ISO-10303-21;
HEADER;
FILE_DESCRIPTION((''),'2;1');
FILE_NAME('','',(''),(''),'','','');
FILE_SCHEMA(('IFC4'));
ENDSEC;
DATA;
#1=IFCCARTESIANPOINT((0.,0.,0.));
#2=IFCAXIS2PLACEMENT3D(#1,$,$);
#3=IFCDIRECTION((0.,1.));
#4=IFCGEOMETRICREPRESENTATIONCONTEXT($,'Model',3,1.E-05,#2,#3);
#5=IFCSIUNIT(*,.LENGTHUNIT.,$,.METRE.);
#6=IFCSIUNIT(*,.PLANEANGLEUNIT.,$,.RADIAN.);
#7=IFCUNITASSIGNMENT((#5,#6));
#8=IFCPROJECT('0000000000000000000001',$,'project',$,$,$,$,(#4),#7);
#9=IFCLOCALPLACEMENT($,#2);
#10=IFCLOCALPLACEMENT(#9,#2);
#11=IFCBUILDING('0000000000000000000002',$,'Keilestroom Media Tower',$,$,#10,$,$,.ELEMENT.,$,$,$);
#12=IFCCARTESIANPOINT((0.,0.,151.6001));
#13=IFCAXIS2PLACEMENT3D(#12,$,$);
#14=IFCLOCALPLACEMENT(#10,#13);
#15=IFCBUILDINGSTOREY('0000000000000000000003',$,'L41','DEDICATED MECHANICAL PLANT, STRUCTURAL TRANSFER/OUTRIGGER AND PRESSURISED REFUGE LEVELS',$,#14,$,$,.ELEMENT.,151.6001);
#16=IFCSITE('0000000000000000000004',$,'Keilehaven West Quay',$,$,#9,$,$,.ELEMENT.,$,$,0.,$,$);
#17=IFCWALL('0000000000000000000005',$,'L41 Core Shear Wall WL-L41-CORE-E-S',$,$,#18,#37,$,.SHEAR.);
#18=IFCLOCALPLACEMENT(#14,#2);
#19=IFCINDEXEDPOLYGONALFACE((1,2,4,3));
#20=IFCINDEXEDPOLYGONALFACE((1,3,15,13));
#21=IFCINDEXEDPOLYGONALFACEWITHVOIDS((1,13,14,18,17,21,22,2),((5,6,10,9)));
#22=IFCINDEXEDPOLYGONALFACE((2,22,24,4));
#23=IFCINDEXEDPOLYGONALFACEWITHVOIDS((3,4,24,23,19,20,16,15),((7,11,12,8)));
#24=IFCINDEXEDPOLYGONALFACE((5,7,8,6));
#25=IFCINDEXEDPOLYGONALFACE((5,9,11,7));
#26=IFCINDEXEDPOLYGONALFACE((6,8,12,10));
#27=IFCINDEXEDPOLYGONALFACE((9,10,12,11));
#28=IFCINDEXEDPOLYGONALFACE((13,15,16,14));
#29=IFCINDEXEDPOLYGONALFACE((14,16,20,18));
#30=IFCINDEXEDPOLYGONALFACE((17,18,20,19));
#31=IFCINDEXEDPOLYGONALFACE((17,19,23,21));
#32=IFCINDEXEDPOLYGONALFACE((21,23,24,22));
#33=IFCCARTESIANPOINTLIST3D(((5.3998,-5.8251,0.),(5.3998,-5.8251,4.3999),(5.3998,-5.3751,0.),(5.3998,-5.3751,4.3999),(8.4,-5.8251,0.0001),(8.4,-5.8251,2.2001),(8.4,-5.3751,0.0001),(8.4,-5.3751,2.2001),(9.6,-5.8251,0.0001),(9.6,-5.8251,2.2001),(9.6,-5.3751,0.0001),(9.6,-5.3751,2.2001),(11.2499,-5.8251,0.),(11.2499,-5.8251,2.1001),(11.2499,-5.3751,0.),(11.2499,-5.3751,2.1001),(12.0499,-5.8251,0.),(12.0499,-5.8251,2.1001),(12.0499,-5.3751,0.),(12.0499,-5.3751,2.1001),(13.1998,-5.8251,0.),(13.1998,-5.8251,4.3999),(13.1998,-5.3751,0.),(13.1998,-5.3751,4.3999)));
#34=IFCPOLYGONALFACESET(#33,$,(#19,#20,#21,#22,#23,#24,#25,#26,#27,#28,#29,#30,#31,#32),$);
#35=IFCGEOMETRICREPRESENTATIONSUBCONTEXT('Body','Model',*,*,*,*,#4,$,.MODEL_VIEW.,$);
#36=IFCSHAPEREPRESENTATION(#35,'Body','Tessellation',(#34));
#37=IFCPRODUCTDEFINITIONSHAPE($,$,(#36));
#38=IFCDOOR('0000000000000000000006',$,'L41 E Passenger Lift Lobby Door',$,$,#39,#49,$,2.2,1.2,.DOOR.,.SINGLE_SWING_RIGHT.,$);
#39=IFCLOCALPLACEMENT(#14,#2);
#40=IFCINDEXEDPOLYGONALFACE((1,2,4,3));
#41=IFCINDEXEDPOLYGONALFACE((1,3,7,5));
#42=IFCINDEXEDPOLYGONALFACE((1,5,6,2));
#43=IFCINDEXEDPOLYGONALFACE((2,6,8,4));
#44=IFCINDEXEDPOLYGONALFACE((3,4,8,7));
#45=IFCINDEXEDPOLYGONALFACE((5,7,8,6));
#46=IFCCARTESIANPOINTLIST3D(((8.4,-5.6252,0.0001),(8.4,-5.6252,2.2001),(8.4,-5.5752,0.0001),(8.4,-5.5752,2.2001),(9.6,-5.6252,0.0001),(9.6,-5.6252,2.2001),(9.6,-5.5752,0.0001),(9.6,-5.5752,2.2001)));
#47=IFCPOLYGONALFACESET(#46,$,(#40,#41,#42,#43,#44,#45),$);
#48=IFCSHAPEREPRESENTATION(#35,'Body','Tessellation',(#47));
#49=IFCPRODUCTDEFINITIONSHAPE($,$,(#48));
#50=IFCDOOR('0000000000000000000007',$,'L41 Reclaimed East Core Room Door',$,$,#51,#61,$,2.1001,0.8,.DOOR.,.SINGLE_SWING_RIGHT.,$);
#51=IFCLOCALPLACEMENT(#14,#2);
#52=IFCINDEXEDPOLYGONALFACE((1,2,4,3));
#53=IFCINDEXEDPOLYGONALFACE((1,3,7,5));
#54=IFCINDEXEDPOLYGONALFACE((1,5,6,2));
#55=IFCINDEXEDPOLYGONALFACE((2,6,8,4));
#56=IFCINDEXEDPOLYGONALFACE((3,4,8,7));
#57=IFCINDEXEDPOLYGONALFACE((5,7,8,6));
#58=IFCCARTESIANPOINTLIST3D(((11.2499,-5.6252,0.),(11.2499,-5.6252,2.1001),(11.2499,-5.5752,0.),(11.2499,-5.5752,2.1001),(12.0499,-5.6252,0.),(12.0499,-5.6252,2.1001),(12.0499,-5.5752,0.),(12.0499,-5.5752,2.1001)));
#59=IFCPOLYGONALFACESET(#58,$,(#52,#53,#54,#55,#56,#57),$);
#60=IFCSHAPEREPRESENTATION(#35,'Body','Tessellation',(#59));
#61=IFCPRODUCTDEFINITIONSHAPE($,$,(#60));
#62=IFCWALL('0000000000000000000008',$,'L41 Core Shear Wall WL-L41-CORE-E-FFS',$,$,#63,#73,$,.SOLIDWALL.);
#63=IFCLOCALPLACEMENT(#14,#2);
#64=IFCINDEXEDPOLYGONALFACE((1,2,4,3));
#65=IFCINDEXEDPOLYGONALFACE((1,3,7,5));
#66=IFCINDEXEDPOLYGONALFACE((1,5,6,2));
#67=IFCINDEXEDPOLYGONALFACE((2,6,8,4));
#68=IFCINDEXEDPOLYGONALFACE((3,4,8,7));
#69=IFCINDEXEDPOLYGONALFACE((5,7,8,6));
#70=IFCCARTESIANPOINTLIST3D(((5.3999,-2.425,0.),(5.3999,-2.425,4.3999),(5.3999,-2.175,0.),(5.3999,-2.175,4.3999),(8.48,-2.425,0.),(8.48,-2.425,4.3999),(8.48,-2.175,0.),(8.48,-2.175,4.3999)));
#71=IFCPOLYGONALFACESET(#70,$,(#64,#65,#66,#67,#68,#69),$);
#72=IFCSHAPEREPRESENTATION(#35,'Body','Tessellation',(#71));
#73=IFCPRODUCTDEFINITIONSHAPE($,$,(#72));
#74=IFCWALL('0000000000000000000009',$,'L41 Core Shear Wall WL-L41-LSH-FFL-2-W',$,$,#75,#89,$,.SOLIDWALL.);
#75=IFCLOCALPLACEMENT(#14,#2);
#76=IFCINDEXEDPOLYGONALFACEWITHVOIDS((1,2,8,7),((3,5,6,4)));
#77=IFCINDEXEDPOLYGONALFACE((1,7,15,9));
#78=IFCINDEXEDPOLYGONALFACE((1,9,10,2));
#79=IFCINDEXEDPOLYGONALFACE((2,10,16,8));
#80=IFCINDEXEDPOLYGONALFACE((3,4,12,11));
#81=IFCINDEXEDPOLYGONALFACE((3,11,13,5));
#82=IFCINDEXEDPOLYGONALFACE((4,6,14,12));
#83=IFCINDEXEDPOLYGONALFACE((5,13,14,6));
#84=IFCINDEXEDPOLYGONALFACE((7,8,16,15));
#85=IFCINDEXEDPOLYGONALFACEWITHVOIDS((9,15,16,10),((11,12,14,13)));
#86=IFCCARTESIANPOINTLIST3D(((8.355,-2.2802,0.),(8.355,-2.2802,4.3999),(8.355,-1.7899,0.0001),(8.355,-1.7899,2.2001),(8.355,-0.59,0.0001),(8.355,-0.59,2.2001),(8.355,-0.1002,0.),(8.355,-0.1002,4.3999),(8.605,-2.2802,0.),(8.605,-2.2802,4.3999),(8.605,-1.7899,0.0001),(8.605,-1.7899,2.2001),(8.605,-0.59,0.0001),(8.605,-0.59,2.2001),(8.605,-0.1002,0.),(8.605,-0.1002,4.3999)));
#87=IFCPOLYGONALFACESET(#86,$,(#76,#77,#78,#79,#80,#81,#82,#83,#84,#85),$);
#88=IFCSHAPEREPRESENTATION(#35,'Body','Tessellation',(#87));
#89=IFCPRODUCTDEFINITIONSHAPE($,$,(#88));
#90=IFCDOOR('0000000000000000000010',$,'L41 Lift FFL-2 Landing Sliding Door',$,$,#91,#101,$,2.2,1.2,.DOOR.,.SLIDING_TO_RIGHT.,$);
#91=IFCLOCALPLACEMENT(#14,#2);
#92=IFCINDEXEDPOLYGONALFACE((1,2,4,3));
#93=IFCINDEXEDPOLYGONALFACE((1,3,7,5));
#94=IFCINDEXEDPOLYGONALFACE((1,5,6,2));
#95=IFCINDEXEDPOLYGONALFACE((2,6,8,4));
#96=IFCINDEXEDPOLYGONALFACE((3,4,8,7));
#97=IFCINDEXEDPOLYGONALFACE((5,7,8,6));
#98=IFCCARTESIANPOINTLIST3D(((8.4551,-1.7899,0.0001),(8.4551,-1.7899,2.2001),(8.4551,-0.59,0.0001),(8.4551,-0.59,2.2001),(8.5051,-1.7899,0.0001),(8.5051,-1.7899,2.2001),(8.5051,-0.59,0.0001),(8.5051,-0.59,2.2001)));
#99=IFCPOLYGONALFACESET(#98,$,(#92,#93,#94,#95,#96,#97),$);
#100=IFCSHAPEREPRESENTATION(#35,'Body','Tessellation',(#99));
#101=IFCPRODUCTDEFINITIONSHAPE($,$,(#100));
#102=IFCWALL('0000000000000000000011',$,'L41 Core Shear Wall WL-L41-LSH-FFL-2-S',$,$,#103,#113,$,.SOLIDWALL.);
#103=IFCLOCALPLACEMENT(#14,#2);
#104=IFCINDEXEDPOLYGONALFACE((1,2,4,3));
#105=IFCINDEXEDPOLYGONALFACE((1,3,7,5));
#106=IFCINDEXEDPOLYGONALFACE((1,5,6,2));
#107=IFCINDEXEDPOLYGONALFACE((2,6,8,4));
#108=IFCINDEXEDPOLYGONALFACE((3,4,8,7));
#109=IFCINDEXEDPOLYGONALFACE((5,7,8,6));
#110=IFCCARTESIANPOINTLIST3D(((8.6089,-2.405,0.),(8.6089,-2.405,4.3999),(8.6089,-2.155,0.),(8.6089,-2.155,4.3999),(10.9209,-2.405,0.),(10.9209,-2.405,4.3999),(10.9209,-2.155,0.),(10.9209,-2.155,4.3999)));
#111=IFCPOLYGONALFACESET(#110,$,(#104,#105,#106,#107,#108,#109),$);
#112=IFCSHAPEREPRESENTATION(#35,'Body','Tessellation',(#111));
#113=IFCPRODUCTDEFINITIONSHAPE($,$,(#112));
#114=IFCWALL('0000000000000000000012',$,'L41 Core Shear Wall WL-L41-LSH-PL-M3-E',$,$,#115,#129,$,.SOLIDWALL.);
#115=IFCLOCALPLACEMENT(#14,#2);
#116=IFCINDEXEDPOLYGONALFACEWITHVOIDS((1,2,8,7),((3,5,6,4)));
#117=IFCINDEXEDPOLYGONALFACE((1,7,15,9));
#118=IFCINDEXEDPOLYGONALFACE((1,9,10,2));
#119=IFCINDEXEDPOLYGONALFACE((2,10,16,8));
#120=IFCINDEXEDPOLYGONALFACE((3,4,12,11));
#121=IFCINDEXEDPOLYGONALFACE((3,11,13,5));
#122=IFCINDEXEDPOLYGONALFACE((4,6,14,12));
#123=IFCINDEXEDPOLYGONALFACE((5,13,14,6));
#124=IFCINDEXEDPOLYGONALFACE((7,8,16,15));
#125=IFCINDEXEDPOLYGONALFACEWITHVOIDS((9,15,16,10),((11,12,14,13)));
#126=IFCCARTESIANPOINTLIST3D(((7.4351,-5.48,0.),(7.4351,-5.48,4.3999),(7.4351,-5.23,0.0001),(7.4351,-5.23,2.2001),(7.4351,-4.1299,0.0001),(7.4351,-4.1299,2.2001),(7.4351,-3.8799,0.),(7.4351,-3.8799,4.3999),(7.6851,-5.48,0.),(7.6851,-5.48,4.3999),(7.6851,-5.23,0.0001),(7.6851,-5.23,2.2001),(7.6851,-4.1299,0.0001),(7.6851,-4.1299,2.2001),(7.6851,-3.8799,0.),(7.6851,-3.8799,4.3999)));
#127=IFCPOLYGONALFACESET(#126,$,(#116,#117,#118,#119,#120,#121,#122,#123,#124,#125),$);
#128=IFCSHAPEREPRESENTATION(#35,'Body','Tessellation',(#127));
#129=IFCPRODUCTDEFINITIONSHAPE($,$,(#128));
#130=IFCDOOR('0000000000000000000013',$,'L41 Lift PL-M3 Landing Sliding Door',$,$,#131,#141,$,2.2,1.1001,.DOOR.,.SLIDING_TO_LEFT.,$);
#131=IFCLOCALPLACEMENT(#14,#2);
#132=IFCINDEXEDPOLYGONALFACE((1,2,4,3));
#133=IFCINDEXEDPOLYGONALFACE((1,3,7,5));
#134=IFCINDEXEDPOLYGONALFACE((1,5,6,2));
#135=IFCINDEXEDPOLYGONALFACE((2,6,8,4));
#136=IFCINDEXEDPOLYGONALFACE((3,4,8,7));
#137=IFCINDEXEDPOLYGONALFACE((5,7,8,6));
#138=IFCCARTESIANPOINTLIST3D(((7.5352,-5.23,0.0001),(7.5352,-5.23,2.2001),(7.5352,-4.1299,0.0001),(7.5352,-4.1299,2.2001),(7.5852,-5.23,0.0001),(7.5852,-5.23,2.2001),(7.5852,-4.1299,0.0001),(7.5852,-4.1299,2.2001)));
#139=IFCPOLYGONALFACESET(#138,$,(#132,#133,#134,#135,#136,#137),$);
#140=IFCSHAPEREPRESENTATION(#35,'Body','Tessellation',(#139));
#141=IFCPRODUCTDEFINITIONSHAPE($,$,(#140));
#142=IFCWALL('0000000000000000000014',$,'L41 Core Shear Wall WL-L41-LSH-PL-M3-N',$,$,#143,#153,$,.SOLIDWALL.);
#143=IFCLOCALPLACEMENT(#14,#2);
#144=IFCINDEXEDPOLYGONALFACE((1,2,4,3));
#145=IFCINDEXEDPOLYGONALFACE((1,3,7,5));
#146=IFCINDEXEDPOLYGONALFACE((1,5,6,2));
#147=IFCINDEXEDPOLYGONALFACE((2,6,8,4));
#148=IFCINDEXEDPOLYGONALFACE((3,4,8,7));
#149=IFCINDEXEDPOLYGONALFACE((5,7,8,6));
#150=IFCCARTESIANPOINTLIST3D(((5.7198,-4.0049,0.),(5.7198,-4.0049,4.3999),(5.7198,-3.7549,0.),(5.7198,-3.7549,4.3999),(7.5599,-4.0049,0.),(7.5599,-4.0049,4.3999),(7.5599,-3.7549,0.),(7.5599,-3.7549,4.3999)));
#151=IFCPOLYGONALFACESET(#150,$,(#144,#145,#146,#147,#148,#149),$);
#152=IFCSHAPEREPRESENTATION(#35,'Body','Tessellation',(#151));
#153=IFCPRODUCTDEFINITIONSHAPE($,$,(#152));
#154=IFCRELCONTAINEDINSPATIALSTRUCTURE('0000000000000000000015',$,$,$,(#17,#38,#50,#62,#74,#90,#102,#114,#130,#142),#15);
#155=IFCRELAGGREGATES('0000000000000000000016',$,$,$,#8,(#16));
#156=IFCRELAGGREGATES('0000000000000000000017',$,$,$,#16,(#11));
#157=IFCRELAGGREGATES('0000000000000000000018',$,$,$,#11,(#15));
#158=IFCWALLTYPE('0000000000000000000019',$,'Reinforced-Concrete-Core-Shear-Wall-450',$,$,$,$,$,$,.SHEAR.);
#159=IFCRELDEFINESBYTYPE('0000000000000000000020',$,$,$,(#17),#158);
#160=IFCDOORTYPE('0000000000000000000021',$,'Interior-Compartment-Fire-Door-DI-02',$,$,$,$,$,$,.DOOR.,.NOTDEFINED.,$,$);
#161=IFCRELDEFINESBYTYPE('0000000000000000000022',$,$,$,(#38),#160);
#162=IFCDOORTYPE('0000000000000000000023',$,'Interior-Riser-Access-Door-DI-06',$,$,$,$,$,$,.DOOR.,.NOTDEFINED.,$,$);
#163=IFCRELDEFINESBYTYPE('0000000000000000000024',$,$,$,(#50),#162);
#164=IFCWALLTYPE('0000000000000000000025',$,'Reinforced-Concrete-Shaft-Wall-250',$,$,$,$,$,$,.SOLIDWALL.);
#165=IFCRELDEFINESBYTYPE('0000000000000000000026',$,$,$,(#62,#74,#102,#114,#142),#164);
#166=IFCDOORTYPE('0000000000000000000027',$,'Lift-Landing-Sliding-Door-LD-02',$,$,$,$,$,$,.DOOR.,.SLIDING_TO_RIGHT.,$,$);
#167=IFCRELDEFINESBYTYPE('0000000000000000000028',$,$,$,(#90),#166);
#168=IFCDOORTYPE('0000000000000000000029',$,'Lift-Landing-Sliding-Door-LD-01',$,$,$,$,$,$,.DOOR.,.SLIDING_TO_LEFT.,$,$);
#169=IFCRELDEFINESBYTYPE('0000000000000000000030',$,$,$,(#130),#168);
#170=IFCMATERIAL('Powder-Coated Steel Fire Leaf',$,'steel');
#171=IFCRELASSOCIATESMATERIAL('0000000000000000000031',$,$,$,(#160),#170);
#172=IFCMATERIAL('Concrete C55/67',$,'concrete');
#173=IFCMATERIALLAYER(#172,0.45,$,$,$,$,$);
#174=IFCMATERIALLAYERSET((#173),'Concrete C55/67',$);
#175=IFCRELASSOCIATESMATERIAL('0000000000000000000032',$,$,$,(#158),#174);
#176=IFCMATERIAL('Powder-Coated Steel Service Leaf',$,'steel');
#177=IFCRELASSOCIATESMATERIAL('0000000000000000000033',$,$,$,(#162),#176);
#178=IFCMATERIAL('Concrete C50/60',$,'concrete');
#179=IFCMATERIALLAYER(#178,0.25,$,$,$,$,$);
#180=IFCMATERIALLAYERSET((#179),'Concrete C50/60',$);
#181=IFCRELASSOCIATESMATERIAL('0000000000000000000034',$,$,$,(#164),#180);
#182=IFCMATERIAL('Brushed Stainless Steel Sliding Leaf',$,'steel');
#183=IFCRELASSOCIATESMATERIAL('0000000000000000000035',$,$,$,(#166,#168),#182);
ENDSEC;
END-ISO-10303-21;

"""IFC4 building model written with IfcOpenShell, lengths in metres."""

from ifc_helpers import new_model, si_unit, direction, frame, frame_2d, origin, place, context, subcontext, project, spatial, rectangle, extrude, source, transform, mapped, material, layer, layer_set, type_object, element, fill, save


model = new_model("IFC4")

# Units and contexts
model_context = context("Model", 3, precision=1e-05, world=origin(), true_north=direction((0.0, 1.0)))
body_context = subcontext(model_context, "Body", "Model", "MODEL_VIEW")
ifc_project = project(units=[si_unit("LENGTHUNIT", "METRE"), si_unit("PLANEANGLEUNIT", "RADIAN")], contexts=[model_context])

# Site, building, storey
site_placement = place(None, origin())
site = spatial("IfcSite", under=ifc_project, at=site_placement, Name="Keilehaven West Quay", CompositionType="ELEMENT", RefElevation=0.0)
building_placement = place(site_placement, origin())
building = spatial("IfcBuilding", under=site, at=building_placement, Name="Keilestroom Media Tower", CompositionType="ELEMENT")
storey_placement = place(building_placement, frame((0.0, 0.0, 151.6001)))
storey = spatial("IfcBuildingStorey", under=building, at=storey_placement, Name="L41", Description="DEDICATED MECHANICAL PLANT, STRUCTURAL TRANSFER/OUTRIGGER AND PRESSURISED REFUGE LEVELS", CompositionType="ELEMENT", Elevation=151.6001)

# Shared definitions
ifc_material_1 = material(Name="Concrete C55/67", Category="concrete")

# Shared definitions
ifc_material_2 = material(Name="Powder-Coated Steel Fire Leaf", Category="steel")
door_type_1 = type_object("IfcDoorType", Name="Interior-Compartment-Fire-Door-DI-02", OperationType="NOTDEFINED", PredefinedType="DOOR", material=ifc_material_2)
shared_shape_1 = source(origin(), body_context, "Body", "SweptSolid", [
    extrude(rectangle(XDim=1.2, YDim=2.2, at=frame_2d((0.6001, 1.1001))), frame((0.0, 0.0249, 0.0), z_axis=(0.0, -1.0, 0.0), x_axis=(1.0, 0.0, 0.0)), (0.0, 0.0, 1.0), 0.05),
])
ifc_layer_1 = layer(ifc_material_1, 0.45)
ifc_layer_set_1 = layer_set([ifc_layer_1], Name="Concrete C55/67")
wall_type_1 = type_object("IfcWallType", Name="Reinforced-Concrete-Core-Shear-Wall-450", PredefinedType="SHEAR", material=ifc_layer_set_1)

# Wall, openings, doors
wall_1_placement = place(storey_placement, frame((5.3999, -5.6001, 0.0), z_axis=(0.0, 0.0, 1.0), x_axis=(1.0, 0.0, 0.0)))
wall_1 = element("IfcWall", 1, at=wall_1_placement, inside=storey, type_object=wall_type_1, Name="L41 Core Shear Wall WL-L41-CORE-E-S", PredefinedType="SHEAR", context=body_context, shape_type="SweptSolid", body=[
    extrude(rectangle(XDim=7.8, YDim=0.45, at=frame_2d((3.8999, 0.0))), origin(), (0.0, 0.0, 1.0), 4.3999),
])
opening_1_placement = place(wall_1_placement, frame((3.0, 0.0, 0.0)))
opening_1 = element("IfcOpeningElement", 2, at=opening_1_placement, cuts=wall_1, PredefinedType="OPENING", context=body_context, shape_type="SweptSolid", body=[
    extrude(rectangle(XDim=1.2, YDim=2.2, at=frame_2d((0.6001, 1.1001))), frame((0.0, 0.2349, 0.0), z_axis=(0.0, -1.0, 0.0), x_axis=(1.0, 0.0, 0.0)), (0.0, 0.0, 1.0), 0.47),
])
opening_2_placement = place(wall_1_placement, frame((5.8501, 0.0, 0.0)))
opening_2 = element("IfcOpeningElement", 3, at=opening_2_placement, cuts=wall_1, PredefinedType="OPENING", context=body_context, shape_type="SweptSolid", body=[
    extrude(rectangle(XDim=0.8, YDim=2.1001, at=frame_2d((0.3999, 1.05))), frame((0.0, 0.2349, 0.0), z_axis=(0.0, -1.0, 0.0), x_axis=(1.0, 0.0, 0.0)), (0.0, 0.0, 1.0), 0.47),
])
door_1_placement = place(opening_1_placement, origin())
door_1 = element("IfcDoor", 4, at=door_1_placement, inside=storey, type_object=door_type_1, Name="L41 E Passenger Lift Lobby Door", OperationType="SINGLE_SWING_RIGHT", OverallHeight=2.2, OverallWidth=1.2, PredefinedType="DOOR", context=body_context, shape_type="MappedRepresentation", body=[
    mapped(shared_shape_1, transform((0.0, 0.0, 0.0), x_axis=(1.0, 0.0, 0.0), y_axis=(0.0, 1.0, 0.0), z_axis=(0.0, 0.0, 1.0), scale=1.0)),
])
fill(opening_1, door_1)
ifc_material_3 = material(Name="Powder-Coated Steel Service Leaf", Category="steel")
door_type_2 = type_object("IfcDoorType", Name="Interior-Riser-Access-Door-DI-06", OperationType="NOTDEFINED", PredefinedType="DOOR", material=ifc_material_3)
shared_shape_2 = source(origin(), body_context, "Body", "SweptSolid", [
    extrude(rectangle(XDim=0.8, YDim=2.1001, at=frame_2d((0.3999, 1.05))), frame((0.0, 0.0249, 0.0), z_axis=(0.0, -1.0, 0.0), x_axis=(1.0, 0.0, 0.0)), (0.0, 0.0, 1.0), 0.05),
])
door_2_placement = place(opening_2_placement, origin())
door_2 = element("IfcDoor", 5, at=door_2_placement, inside=storey, type_object=door_type_2, Name="L41 Reclaimed East Core Room Door", OperationType="SINGLE_SWING_RIGHT", OverallHeight=2.1001, OverallWidth=0.8, PredefinedType="DOOR", context=body_context, shape_type="MappedRepresentation", body=[
    mapped(shared_shape_2, transform((0.0, 0.0, 0.0), x_axis=(1.0, 0.0, 0.0), y_axis=(0.0, 1.0, 0.0), z_axis=(0.0, 0.0, 1.0), scale=1.0)),
])
fill(opening_2, door_2)

# Wall
ifc_material_4 = material(Name="Concrete C50/60", Category="concrete")
ifc_layer_2 = layer(ifc_material_4, 0.25)
ifc_layer_set_2 = layer_set([ifc_layer_2], Name="Concrete C50/60")
wall_type_2 = type_object("IfcWallType", Name="Reinforced-Concrete-Shaft-Wall-250", PredefinedType="SOLIDWALL", material=ifc_layer_set_2)
wall_2_placement = place(storey_placement, frame((5.3999, -2.3, 0.0), z_axis=(0.0, 0.0, 1.0), x_axis=(1.0, 0.0, 0.0)))
element("IfcWall", 6, at=wall_2_placement, inside=storey, type_object=wall_type_2, Name="L41 Core Shear Wall WL-L41-CORE-E-FFS", PredefinedType="SOLIDWALL", context=body_context, shape_type="SweptSolid", body=[
    extrude(rectangle(XDim=3.0801, YDim=0.25, at=frame_2d((1.54, 0.0))), origin(), (0.0, 0.0, 1.0), 4.3999),
])

# Wall, opening, door
wall_3_placement = place(storey_placement, frame((8.48, -2.28, 0.0), z_axis=(0.0, 0.0, 1.0), x_axis=(0.0, 1.0, 0.0)))
wall_3 = element("IfcWall", 7, at=wall_3_placement, inside=storey, type_object=wall_type_2, Name="L41 Core Shear Wall WL-L41-LSH-FFL-2-W", PredefinedType="SOLIDWALL", context=body_context, shape_type="SweptSolid", body=[
    extrude(rectangle(XDim=2.1799, YDim=0.25, at=frame_2d((1.0898, 0.0))), origin(), (0.0, 0.0, 1.0), 4.3999),
])
opening_3_placement = place(wall_3_placement, frame((0.49, 0.0, 0.0)))
opening_3 = element("IfcOpeningElement", 8, at=opening_3_placement, cuts=wall_3, PredefinedType="OPENING", context=body_context, shape_type="SweptSolid", body=[
    extrude(rectangle(XDim=1.2, YDim=2.2, at=frame_2d((0.6001, 1.1001))), frame((0.0, 0.135, 0.0), z_axis=(0.0, -1.0, 0.0), x_axis=(1.0, 0.0, 0.0)), (0.0, 0.0, 1.0), 0.27),
])
ifc_material_5 = material(Name="Brushed Stainless Steel Sliding Leaf", Category="steel")
door_type_3 = type_object("IfcDoorType", Name="Lift-Landing-Sliding-Door-LD-02", OperationType="SLIDING_TO_RIGHT", PredefinedType="DOOR", material=ifc_material_5)
door_3_placement = place(opening_3_placement, origin())
door_3 = element("IfcDoor", 9, at=door_3_placement, inside=storey, type_object=door_type_3, Name="L41 Lift FFL-2 Landing Sliding Door", OperationType="SLIDING_TO_RIGHT", OverallHeight=2.2, OverallWidth=1.2, PredefinedType="DOOR", context=body_context, shape_type="MappedRepresentation", body=[
    mapped(shared_shape_1, transform((0.0, 0.0, 0.0), x_axis=(1.0, 0.0, 0.0), y_axis=(0.0, 1.0, 0.0), z_axis=(0.0, 0.0, 1.0), scale=1.0)),
])
fill(opening_3, door_3)

# Wall
wall_4_placement = place(storey_placement, frame((8.6089, -2.28, 0.0), z_axis=(0.0, 0.0, 1.0), x_axis=(1.0, 0.0, 0.0)))
element("IfcWall", 10, at=wall_4_placement, inside=storey, type_object=wall_type_2, Name="L41 Core Shear Wall WL-L41-LSH-FFL-2-S", PredefinedType="SOLIDWALL", context=body_context, shape_type="SweptSolid", body=[
    extrude(rectangle(XDim=2.312, YDim=0.25, at=frame_2d((1.156, 0.0))), origin(), (0.0, 0.0, 1.0), 4.3999),
])

# Wall, opening, door
wall_5_placement = place(storey_placement, frame((7.5601, -5.48, 0.0), z_axis=(0.0, 0.0, 1.0), x_axis=(0.0, 1.0, 0.0)))
wall_5 = element("IfcWall", 11, at=wall_5_placement, inside=storey, type_object=wall_type_2, Name="L41 Core Shear Wall WL-L41-LSH-PL-M3-E", PredefinedType="SOLIDWALL", context=body_context, shape_type="SweptSolid", body=[
    extrude(rectangle(XDim=1.6001, YDim=0.25, at=frame_2d((0.8, 0.0))), origin(), (0.0, 0.0, 1.0), 4.3999),
])
opening_4_placement = place(wall_5_placement, frame((0.25, 0.0, 0.0)))
opening_4 = element("IfcOpeningElement", 12, at=opening_4_placement, cuts=wall_5, PredefinedType="OPENING", context=body_context, shape_type="SweptSolid", body=[
    extrude(rectangle(XDim=1.1001, YDim=2.2, at=frame_2d((0.55, 1.1001))), frame((0.0, 0.135, 0.0), z_axis=(0.0, -1.0, 0.0), x_axis=(1.0, 0.0, 0.0)), (0.0, 0.0, 1.0), 0.27),
])
door_type_4 = type_object("IfcDoorType", Name="Lift-Landing-Sliding-Door-LD-01", OperationType="SLIDING_TO_LEFT", PredefinedType="DOOR", material=ifc_material_5)
shared_shape_3 = source(origin(), body_context, "Body", "SweptSolid", [
    extrude(rectangle(XDim=1.1001, YDim=2.2, at=frame_2d((0.55, 1.1001))), frame((0.0, 0.0249, 0.0), z_axis=(0.0, -1.0, 0.0), x_axis=(1.0, 0.0, 0.0)), (0.0, 0.0, 1.0), 0.05),
])
door_4_placement = place(opening_4_placement, origin())
door_4 = element("IfcDoor", 13, at=door_4_placement, inside=storey, type_object=door_type_4, Name="L41 Lift PL-M3 Landing Sliding Door", OperationType="SLIDING_TO_LEFT", OverallHeight=2.2, OverallWidth=1.1001, PredefinedType="DOOR", context=body_context, shape_type="MappedRepresentation", body=[
    mapped(shared_shape_3, transform((0.0, 0.0, 0.0), x_axis=(1.0, 0.0, 0.0), y_axis=(0.0, 1.0, 0.0), z_axis=(0.0, 0.0, 1.0), scale=1.0)),
])
fill(opening_4, door_4)

# Wall
wall_6_placement = place(storey_placement, frame((5.72, -3.8799, 0.0), z_axis=(0.0, 0.0, 1.0), x_axis=(1.0, 0.0, 0.0)))
element("IfcWall", 14, at=wall_6_placement, inside=storey, type_object=wall_type_2, Name="L41 Core Shear Wall WL-L41-LSH-PL-M3-N", PredefinedType="SOLIDWALL", context=body_context, shape_type="SweptSolid", body=[
    extrude(rectangle(XDim=1.8401, YDim=0.25, at=frame_2d((0.9199, 0.0))), origin(), (0.0, 0.0, 1.0), 4.3999),
])

save(model, "model.ifc")
